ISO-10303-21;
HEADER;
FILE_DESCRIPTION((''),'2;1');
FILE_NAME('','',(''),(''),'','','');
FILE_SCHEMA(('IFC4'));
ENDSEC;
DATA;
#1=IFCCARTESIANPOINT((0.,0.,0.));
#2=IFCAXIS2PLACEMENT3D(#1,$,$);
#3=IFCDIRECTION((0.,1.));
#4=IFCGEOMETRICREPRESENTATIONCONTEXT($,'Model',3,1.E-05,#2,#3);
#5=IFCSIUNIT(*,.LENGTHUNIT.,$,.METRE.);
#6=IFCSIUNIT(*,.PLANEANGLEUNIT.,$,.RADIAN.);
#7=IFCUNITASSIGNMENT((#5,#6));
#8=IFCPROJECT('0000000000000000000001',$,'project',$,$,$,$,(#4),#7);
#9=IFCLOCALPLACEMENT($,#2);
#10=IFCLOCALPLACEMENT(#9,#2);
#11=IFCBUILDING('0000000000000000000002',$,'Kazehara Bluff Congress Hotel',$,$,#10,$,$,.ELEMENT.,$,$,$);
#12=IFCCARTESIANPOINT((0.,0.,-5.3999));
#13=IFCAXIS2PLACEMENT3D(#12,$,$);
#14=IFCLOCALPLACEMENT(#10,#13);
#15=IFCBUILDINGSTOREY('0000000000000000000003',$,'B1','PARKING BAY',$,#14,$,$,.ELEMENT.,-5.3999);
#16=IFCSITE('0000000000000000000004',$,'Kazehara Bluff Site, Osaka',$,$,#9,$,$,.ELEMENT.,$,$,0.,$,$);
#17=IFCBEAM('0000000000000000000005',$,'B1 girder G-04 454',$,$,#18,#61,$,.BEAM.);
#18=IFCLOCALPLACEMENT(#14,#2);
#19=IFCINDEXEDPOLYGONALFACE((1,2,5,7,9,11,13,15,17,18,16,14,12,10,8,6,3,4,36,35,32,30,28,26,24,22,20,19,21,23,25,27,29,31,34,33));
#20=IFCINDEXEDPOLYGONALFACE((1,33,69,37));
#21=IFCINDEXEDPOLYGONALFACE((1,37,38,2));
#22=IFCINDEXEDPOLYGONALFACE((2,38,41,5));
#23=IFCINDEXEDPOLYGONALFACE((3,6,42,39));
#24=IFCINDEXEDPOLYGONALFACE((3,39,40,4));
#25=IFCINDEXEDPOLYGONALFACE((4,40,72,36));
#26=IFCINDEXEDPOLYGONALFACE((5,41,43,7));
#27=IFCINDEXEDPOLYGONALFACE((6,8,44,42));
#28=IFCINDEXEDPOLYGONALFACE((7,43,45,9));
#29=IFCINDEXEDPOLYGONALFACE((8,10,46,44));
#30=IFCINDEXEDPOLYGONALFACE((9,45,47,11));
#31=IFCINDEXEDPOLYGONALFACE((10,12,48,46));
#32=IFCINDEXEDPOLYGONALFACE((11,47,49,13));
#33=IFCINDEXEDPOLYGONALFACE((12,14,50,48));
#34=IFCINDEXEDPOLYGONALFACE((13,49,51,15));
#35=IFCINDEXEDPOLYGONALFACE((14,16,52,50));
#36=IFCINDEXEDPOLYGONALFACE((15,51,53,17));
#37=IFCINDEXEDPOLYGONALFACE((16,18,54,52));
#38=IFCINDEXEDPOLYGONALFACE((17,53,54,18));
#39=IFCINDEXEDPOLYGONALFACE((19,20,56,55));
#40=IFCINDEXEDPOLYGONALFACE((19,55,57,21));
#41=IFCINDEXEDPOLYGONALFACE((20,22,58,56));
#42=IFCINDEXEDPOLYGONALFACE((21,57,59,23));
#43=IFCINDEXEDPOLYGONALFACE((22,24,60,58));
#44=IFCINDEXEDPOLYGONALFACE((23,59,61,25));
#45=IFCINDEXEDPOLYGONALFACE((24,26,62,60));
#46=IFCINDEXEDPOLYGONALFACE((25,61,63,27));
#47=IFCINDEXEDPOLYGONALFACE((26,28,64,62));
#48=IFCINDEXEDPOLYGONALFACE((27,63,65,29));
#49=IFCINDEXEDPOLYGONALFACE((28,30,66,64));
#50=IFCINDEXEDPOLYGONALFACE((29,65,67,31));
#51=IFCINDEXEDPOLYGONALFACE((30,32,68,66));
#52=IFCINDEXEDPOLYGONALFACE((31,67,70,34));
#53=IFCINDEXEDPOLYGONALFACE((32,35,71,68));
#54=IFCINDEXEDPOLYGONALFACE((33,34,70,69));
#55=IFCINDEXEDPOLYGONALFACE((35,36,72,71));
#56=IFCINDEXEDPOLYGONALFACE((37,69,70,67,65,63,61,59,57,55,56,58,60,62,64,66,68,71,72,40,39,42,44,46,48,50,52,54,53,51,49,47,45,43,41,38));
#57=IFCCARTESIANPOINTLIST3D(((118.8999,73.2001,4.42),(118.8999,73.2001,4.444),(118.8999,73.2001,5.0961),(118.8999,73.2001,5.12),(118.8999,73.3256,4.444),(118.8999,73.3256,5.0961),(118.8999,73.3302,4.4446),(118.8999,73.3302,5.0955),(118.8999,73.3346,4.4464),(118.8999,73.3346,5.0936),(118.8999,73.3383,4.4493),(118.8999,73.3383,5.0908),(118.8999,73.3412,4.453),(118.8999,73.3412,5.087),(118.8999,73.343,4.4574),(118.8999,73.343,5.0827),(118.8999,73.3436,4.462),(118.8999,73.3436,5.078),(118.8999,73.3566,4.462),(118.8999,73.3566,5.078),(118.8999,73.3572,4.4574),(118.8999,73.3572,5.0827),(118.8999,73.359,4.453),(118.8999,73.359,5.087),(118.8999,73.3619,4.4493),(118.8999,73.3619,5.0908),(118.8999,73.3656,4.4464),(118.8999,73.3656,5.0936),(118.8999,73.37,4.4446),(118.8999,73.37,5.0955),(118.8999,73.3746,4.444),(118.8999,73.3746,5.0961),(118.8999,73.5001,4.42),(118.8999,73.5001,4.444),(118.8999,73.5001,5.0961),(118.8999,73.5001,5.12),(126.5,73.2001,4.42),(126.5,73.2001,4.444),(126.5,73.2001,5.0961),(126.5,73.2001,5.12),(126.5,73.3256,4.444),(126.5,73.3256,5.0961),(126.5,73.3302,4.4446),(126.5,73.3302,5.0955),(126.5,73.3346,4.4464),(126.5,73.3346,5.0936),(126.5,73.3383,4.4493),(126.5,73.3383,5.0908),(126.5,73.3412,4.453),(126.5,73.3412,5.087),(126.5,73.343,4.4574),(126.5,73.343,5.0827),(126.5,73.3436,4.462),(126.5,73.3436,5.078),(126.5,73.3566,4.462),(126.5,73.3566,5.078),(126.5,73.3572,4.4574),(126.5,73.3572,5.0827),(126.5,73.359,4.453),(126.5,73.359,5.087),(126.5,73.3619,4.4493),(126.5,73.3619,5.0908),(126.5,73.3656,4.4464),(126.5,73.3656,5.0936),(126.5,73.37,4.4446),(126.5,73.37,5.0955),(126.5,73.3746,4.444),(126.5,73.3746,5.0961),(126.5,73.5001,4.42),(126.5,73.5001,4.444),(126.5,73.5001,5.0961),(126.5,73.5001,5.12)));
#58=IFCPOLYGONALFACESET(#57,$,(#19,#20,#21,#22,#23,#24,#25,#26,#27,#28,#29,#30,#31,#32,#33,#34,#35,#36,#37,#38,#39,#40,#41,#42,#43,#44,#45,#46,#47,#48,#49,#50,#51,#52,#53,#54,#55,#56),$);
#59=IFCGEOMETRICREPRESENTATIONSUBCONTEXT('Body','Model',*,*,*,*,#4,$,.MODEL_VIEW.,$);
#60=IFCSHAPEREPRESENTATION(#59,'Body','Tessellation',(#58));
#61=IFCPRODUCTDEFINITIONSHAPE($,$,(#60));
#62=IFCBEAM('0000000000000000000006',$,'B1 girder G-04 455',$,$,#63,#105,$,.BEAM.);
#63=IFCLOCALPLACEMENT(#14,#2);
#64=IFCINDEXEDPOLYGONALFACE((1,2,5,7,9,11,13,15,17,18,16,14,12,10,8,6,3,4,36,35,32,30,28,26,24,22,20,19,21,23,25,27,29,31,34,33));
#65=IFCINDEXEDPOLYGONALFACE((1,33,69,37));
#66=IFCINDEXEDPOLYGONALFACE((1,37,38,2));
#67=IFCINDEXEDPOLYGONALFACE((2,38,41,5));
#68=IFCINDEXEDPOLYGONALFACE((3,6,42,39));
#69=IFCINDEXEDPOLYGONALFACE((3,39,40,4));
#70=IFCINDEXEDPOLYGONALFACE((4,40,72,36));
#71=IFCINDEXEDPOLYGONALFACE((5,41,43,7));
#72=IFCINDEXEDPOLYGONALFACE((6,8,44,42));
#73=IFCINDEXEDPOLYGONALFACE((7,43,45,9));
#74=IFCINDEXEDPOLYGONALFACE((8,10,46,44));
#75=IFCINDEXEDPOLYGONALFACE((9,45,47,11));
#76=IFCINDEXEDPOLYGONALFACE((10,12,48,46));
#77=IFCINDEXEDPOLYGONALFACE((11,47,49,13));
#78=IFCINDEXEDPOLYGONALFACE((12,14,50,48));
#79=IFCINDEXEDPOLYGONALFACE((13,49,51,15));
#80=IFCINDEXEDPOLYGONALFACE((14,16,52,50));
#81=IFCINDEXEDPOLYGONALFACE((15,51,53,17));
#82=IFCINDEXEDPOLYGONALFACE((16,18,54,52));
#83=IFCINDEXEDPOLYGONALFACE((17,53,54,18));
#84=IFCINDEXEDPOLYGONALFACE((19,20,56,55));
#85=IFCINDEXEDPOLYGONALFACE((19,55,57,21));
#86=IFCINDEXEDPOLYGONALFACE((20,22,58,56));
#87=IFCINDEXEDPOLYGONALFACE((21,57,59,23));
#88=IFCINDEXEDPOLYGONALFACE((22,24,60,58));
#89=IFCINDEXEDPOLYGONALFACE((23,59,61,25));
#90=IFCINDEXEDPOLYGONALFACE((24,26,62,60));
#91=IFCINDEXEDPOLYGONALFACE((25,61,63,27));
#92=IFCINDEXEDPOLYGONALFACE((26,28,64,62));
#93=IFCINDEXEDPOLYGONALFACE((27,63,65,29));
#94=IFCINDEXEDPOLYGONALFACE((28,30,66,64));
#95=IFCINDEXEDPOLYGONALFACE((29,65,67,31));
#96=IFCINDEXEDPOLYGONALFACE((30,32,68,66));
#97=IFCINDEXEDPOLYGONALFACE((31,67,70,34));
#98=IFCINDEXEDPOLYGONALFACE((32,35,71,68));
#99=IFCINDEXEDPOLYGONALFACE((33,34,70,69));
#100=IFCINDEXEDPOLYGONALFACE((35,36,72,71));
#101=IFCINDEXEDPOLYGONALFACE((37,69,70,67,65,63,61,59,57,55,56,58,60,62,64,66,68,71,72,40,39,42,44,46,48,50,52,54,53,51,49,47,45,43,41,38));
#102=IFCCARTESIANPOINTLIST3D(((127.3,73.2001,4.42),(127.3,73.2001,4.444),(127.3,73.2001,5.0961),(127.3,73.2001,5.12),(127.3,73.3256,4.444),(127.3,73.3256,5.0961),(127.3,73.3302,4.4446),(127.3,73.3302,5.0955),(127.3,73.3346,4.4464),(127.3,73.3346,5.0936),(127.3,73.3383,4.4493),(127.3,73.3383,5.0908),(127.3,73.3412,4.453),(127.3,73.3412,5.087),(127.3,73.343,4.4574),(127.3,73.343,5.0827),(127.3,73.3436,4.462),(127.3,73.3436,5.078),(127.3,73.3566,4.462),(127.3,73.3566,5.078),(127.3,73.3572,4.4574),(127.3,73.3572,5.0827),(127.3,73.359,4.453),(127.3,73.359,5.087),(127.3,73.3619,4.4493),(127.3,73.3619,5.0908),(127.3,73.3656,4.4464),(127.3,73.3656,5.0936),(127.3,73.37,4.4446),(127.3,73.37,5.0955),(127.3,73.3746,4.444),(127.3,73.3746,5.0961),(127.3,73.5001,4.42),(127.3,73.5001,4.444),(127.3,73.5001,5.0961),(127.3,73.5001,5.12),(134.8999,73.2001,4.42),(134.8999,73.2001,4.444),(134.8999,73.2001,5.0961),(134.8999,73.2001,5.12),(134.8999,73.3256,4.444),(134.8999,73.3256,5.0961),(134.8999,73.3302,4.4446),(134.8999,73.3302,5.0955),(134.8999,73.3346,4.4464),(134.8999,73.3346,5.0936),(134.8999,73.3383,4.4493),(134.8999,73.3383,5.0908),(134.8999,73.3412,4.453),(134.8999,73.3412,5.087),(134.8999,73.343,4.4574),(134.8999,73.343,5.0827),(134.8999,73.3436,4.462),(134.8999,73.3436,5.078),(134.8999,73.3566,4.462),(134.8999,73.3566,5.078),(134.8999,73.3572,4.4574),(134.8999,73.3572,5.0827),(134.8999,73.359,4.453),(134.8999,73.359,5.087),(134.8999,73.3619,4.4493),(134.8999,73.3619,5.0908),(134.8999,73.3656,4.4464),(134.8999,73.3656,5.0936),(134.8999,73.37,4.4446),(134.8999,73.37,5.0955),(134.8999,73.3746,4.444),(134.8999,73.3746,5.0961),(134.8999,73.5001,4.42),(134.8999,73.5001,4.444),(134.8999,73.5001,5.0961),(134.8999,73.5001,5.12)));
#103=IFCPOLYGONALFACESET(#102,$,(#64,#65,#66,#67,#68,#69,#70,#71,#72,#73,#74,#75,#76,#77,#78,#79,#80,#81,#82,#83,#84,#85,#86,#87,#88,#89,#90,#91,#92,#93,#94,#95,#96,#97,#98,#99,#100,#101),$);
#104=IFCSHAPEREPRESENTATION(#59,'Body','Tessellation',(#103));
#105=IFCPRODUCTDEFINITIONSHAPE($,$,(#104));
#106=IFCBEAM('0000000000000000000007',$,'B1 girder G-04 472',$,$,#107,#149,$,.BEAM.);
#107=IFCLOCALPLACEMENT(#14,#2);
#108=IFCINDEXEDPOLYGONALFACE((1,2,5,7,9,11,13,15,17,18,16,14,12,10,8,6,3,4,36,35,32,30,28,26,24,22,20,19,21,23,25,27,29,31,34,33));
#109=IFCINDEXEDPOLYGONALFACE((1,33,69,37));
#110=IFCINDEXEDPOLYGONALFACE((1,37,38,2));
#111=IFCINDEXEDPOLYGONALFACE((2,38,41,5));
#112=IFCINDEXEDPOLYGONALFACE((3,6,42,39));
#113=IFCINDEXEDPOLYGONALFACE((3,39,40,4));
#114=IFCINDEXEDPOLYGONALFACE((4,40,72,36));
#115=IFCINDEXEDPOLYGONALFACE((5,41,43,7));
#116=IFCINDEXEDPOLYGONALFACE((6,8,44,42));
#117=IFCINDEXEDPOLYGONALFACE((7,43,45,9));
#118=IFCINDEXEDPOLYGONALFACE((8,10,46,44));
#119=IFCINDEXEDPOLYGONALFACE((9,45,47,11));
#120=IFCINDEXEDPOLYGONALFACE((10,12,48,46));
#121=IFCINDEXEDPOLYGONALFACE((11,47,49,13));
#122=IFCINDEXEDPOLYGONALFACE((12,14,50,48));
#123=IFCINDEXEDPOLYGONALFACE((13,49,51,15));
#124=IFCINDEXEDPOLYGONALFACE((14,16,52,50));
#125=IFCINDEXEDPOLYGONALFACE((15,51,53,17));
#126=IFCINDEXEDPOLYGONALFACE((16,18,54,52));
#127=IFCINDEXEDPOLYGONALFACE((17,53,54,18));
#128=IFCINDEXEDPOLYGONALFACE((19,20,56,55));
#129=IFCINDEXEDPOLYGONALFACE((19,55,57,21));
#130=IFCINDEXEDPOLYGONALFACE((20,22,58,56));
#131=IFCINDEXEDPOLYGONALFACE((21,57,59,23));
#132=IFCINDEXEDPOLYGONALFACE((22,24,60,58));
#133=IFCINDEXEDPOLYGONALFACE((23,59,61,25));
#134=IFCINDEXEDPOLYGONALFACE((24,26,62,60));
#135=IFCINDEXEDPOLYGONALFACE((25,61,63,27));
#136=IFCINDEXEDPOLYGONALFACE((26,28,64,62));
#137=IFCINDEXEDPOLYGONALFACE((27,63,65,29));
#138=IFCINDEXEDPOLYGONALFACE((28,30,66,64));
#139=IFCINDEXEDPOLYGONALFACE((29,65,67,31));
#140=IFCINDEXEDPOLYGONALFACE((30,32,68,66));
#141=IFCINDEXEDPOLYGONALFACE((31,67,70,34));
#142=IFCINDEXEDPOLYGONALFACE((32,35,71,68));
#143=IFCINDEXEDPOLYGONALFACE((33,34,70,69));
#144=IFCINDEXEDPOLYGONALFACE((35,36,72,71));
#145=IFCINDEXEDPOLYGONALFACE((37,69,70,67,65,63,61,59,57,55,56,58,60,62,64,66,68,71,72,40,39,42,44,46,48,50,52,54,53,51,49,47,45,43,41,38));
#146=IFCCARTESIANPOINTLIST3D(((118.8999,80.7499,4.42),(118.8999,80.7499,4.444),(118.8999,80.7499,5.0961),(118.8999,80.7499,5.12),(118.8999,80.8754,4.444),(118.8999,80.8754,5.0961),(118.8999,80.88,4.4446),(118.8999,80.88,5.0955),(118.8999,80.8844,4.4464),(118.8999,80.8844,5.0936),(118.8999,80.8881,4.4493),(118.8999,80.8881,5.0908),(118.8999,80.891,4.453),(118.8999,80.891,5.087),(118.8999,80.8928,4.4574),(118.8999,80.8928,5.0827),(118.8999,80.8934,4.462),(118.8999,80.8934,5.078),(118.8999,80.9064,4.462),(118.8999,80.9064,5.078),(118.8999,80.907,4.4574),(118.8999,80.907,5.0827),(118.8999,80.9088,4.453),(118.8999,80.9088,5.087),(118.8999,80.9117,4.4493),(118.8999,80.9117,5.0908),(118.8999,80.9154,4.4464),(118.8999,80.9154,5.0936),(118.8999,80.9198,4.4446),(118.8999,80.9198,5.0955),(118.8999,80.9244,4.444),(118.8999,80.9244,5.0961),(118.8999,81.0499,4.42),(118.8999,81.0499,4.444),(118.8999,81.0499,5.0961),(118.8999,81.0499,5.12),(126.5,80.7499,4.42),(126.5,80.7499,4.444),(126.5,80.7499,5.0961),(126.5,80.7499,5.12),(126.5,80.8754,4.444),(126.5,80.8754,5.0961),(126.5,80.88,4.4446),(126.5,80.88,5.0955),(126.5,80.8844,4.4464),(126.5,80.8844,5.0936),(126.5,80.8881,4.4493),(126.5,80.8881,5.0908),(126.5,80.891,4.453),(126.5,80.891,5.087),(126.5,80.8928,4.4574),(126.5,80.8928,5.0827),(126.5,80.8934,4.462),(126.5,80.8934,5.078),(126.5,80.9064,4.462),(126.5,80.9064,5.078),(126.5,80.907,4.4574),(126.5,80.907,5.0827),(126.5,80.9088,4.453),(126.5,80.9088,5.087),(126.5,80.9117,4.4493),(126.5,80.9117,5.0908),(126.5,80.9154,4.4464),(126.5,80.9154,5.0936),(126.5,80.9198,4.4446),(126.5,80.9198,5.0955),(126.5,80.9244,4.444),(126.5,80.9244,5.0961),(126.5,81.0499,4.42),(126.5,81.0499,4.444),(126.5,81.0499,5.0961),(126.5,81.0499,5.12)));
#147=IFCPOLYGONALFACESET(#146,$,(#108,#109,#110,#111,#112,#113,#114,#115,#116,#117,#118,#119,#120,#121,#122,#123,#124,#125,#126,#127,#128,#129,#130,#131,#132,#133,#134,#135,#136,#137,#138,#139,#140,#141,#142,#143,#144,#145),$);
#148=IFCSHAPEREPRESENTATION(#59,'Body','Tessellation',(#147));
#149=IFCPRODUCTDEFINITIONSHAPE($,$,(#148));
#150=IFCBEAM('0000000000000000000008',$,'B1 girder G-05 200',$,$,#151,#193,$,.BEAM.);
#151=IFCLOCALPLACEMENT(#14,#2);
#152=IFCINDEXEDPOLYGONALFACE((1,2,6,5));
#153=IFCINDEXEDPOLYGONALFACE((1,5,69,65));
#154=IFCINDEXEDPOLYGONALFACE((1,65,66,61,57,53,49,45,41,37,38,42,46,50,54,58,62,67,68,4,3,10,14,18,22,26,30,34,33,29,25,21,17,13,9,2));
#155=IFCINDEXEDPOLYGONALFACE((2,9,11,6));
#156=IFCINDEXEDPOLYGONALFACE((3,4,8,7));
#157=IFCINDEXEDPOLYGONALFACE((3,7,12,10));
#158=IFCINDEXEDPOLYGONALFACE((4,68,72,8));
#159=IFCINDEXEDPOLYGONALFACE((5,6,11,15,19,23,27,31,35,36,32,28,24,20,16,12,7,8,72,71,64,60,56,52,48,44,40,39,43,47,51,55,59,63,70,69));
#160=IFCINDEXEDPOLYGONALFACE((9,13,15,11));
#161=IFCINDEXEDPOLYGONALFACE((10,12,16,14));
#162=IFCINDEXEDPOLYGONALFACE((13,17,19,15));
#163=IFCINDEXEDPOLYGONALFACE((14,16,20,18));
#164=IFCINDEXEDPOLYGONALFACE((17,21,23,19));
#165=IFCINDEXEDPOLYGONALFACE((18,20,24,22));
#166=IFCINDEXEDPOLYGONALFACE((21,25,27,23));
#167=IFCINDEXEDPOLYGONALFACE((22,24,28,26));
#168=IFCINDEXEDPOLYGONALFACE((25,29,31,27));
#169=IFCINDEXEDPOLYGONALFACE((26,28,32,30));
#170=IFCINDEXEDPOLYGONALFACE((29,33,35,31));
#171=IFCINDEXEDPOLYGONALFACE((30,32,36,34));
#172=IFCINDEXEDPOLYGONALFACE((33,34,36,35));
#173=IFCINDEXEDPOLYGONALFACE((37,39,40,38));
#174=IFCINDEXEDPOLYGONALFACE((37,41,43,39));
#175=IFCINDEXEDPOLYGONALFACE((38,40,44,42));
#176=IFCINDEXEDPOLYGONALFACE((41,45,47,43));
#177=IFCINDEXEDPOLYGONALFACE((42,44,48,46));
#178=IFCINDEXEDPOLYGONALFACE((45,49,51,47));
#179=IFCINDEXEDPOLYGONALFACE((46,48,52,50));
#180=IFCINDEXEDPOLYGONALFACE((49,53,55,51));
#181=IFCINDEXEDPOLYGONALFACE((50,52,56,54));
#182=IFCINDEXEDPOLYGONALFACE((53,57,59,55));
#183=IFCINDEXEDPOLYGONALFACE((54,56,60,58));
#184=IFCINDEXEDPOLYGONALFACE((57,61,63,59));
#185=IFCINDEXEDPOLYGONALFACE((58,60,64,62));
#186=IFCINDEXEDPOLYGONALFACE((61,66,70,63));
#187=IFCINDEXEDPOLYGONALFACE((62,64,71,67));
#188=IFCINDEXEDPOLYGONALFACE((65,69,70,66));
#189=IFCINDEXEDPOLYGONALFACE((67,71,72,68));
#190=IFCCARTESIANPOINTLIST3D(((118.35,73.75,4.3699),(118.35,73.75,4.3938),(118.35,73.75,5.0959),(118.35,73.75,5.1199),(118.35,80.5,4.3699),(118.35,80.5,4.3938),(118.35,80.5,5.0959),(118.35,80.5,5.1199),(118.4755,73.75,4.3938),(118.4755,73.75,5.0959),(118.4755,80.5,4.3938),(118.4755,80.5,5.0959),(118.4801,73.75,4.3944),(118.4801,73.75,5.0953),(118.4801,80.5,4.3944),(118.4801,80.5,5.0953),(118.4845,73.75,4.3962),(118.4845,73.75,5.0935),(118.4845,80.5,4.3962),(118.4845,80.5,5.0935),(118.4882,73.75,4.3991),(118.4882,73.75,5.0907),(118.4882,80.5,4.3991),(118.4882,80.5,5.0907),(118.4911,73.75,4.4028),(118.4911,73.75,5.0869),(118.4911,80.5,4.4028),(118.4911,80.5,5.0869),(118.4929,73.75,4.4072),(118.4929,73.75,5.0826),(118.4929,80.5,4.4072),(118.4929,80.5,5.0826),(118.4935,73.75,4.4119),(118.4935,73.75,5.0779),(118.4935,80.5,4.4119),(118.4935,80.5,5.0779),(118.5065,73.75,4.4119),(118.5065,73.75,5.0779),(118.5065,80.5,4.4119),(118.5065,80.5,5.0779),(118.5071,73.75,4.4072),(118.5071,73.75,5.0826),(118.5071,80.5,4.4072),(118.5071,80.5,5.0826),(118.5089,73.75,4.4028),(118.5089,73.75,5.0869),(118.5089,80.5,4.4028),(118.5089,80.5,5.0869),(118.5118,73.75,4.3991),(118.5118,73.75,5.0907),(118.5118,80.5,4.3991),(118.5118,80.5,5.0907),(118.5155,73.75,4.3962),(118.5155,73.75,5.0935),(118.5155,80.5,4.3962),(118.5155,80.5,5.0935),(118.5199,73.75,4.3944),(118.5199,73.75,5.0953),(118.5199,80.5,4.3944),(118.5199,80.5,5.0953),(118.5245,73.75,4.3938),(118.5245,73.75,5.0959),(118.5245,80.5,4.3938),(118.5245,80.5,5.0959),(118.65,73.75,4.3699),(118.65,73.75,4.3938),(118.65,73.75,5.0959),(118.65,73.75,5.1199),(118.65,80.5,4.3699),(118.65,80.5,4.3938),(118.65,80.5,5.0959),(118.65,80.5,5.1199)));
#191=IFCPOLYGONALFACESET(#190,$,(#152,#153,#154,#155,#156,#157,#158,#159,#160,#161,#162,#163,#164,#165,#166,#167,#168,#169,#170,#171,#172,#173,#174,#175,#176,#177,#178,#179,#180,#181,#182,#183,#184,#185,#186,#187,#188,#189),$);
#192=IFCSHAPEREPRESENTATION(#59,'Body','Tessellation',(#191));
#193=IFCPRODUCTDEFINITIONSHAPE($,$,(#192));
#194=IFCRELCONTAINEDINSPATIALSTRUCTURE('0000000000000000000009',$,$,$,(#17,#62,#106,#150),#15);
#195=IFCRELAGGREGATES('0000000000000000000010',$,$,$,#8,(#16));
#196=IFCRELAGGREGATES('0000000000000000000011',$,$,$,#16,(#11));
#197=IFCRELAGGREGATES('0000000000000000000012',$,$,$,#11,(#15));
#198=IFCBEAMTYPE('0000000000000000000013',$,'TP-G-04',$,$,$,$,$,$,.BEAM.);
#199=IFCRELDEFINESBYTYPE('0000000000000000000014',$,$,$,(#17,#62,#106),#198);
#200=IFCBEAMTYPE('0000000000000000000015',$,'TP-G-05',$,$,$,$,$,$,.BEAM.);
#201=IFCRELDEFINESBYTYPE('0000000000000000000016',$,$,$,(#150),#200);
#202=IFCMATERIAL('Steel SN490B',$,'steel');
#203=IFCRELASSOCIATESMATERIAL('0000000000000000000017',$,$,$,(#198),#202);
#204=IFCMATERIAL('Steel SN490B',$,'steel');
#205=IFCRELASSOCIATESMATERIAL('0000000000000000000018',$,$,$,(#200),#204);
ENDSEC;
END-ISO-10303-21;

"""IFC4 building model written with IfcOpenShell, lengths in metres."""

from ifc_helpers import new_model, si_unit, direction, frame, origin, origin_2d, place, context, subcontext, project, spatial, i_section, extrude, material, material_profile, profile_set, type_object, element, save


model = new_model("IFC4")

# Units and contexts
model_context = context("Model", 3, precision=1e-05, world=origin(), true_north=direction((0.0, 1.0)))
body_context = subcontext(model_context, "Body", "Model", "MODEL_VIEW")
ifc_project = project(units=[si_unit("LENGTHUNIT", "METRE"), si_unit("PLANEANGLEUNIT", "RADIAN")], contexts=[model_context])

# Site, building, storey
site_placement = place(None, origin())
site = spatial("IfcSite", under=ifc_project, at=site_placement, Name="Kazehara Bluff Site, Osaka", CompositionType="ELEMENT", RefElevation=0.0)
building_placement = place(site_placement, origin())
building = spatial("IfcBuilding", under=site, at=building_placement, Name="Kazehara Bluff Congress Hotel", CompositionType="ELEMENT")
storey_placement = place(building_placement, frame((0.0, 0.0, -5.3999)))
storey = spatial("IfcBuildingStorey", under=building, at=storey_placement, Name="B1", Description="PARKING BAY", CompositionType="ELEMENT", Elevation=-5.3999)

# Beams
ifc_material_1 = material(Name="Steel SN490B", Category="steel")
ifc_material_profile_1 = material_profile(ifc_material_1, i_section(OverallWidth=0.3, OverallDepth=0.7, WebThickness=0.0129, FlangeThickness=0.0239, FilletRadius=0.0181, at=origin_2d()))
ifc_profile_set_1 = profile_set([ifc_material_profile_1], Name="Steel SN490B")
beam_type_1 = type_object("IfcBeamType", Name="TP-G-04", PredefinedType="BEAM", material=ifc_profile_set_1)
beam_1_placement = place(storey_placement, frame((118.8999, 73.3501, 4.77), z_axis=(1.0, 0.0, 0.0), x_axis=(0.0, 1.0, 0.0)))
element("IfcBeam", 1, at=beam_1_placement, inside=storey, type_object=beam_type_1, Name="B1 girder G-04 454", PredefinedType="BEAM", context=body_context, shape_type="SweptSolid", body=[
    extrude(i_section(OverallWidth=0.3, OverallDepth=0.7, WebThickness=0.0129, FlangeThickness=0.0239, FilletRadius=0.0181, at=origin_2d()), origin(), (0.0, 0.0, 1.0), 7.6001),
])
beam_2_placement = place(storey_placement, frame((127.3, 73.3501, 4.77), z_axis=(1.0, 0.0, 0.0), x_axis=(0.0, 1.0, 0.0)))
element("IfcBeam", 2, at=beam_2_placement, inside=storey, type_object=beam_type_1, Name="B1 girder G-04 455", PredefinedType="BEAM", context=body_context, shape_type="SweptSolid", body=[
    extrude(i_section(OverallWidth=0.3, OverallDepth=0.7, WebThickness=0.0129, FlangeThickness=0.0239, FilletRadius=0.0181, at=origin_2d()), origin(), (0.0, 0.0, 1.0), 7.5999),
])
beam_3_placement = place(storey_placement, frame((118.8999, 80.8999, 4.77), z_axis=(1.0, 0.0, 0.0), x_axis=(0.0, 1.0, 0.0)))
element("IfcBeam", 3, at=beam_3_placement, inside=storey, type_object=beam_type_1, Name="B1 girder G-04 472", PredefinedType="BEAM", context=body_context, shape_type="SweptSolid", body=[
    extrude(i_section(OverallWidth=0.3, OverallDepth=0.7, WebThickness=0.0129, FlangeThickness=0.0239, FilletRadius=0.0181, at=origin_2d()), origin(), (0.0, 0.0, 1.0), 7.6001),
])
ifc_material_2 = material(Name="Steel SN490B", Category="steel")
ifc_material_profile_2 = material_profile(ifc_material_2, i_section(OverallWidth=0.3, OverallDepth=0.75, WebThickness=0.0129, FlangeThickness=0.0239, FilletRadius=0.0181, at=origin_2d()))
ifc_profile_set_2 = profile_set([ifc_material_profile_2], Name="Steel SN490B")
beam_type_2 = type_object("IfcBeamType", Name="TP-G-05", PredefinedType="BEAM", material=ifc_profile_set_2)
for number, where, z_axis, x_axis, name in (
    (4, (118.5, 73.75, 4.7449), (0.0, 1.0, 0.0), (-1.0, 0.0, 0.0), "B1 girder G-05 200"),
):
    element("IfcBeam", number, at=place(storey_placement, frame(where, z_axis=z_axis, x_axis=x_axis)), inside=storey, type_object=beam_type_2, Name=name, PredefinedType="BEAM", context=body_context, shape_type="SweptSolid", body=[
        extrude(i_section(OverallWidth=0.3, OverallDepth=0.75, WebThickness=0.0129, FlangeThickness=0.0239, FilletRadius=0.0181, at=origin_2d()), origin(), (0.0, 0.0, 1.0), 6.75),
    ])

save(model, "model.ifc")
